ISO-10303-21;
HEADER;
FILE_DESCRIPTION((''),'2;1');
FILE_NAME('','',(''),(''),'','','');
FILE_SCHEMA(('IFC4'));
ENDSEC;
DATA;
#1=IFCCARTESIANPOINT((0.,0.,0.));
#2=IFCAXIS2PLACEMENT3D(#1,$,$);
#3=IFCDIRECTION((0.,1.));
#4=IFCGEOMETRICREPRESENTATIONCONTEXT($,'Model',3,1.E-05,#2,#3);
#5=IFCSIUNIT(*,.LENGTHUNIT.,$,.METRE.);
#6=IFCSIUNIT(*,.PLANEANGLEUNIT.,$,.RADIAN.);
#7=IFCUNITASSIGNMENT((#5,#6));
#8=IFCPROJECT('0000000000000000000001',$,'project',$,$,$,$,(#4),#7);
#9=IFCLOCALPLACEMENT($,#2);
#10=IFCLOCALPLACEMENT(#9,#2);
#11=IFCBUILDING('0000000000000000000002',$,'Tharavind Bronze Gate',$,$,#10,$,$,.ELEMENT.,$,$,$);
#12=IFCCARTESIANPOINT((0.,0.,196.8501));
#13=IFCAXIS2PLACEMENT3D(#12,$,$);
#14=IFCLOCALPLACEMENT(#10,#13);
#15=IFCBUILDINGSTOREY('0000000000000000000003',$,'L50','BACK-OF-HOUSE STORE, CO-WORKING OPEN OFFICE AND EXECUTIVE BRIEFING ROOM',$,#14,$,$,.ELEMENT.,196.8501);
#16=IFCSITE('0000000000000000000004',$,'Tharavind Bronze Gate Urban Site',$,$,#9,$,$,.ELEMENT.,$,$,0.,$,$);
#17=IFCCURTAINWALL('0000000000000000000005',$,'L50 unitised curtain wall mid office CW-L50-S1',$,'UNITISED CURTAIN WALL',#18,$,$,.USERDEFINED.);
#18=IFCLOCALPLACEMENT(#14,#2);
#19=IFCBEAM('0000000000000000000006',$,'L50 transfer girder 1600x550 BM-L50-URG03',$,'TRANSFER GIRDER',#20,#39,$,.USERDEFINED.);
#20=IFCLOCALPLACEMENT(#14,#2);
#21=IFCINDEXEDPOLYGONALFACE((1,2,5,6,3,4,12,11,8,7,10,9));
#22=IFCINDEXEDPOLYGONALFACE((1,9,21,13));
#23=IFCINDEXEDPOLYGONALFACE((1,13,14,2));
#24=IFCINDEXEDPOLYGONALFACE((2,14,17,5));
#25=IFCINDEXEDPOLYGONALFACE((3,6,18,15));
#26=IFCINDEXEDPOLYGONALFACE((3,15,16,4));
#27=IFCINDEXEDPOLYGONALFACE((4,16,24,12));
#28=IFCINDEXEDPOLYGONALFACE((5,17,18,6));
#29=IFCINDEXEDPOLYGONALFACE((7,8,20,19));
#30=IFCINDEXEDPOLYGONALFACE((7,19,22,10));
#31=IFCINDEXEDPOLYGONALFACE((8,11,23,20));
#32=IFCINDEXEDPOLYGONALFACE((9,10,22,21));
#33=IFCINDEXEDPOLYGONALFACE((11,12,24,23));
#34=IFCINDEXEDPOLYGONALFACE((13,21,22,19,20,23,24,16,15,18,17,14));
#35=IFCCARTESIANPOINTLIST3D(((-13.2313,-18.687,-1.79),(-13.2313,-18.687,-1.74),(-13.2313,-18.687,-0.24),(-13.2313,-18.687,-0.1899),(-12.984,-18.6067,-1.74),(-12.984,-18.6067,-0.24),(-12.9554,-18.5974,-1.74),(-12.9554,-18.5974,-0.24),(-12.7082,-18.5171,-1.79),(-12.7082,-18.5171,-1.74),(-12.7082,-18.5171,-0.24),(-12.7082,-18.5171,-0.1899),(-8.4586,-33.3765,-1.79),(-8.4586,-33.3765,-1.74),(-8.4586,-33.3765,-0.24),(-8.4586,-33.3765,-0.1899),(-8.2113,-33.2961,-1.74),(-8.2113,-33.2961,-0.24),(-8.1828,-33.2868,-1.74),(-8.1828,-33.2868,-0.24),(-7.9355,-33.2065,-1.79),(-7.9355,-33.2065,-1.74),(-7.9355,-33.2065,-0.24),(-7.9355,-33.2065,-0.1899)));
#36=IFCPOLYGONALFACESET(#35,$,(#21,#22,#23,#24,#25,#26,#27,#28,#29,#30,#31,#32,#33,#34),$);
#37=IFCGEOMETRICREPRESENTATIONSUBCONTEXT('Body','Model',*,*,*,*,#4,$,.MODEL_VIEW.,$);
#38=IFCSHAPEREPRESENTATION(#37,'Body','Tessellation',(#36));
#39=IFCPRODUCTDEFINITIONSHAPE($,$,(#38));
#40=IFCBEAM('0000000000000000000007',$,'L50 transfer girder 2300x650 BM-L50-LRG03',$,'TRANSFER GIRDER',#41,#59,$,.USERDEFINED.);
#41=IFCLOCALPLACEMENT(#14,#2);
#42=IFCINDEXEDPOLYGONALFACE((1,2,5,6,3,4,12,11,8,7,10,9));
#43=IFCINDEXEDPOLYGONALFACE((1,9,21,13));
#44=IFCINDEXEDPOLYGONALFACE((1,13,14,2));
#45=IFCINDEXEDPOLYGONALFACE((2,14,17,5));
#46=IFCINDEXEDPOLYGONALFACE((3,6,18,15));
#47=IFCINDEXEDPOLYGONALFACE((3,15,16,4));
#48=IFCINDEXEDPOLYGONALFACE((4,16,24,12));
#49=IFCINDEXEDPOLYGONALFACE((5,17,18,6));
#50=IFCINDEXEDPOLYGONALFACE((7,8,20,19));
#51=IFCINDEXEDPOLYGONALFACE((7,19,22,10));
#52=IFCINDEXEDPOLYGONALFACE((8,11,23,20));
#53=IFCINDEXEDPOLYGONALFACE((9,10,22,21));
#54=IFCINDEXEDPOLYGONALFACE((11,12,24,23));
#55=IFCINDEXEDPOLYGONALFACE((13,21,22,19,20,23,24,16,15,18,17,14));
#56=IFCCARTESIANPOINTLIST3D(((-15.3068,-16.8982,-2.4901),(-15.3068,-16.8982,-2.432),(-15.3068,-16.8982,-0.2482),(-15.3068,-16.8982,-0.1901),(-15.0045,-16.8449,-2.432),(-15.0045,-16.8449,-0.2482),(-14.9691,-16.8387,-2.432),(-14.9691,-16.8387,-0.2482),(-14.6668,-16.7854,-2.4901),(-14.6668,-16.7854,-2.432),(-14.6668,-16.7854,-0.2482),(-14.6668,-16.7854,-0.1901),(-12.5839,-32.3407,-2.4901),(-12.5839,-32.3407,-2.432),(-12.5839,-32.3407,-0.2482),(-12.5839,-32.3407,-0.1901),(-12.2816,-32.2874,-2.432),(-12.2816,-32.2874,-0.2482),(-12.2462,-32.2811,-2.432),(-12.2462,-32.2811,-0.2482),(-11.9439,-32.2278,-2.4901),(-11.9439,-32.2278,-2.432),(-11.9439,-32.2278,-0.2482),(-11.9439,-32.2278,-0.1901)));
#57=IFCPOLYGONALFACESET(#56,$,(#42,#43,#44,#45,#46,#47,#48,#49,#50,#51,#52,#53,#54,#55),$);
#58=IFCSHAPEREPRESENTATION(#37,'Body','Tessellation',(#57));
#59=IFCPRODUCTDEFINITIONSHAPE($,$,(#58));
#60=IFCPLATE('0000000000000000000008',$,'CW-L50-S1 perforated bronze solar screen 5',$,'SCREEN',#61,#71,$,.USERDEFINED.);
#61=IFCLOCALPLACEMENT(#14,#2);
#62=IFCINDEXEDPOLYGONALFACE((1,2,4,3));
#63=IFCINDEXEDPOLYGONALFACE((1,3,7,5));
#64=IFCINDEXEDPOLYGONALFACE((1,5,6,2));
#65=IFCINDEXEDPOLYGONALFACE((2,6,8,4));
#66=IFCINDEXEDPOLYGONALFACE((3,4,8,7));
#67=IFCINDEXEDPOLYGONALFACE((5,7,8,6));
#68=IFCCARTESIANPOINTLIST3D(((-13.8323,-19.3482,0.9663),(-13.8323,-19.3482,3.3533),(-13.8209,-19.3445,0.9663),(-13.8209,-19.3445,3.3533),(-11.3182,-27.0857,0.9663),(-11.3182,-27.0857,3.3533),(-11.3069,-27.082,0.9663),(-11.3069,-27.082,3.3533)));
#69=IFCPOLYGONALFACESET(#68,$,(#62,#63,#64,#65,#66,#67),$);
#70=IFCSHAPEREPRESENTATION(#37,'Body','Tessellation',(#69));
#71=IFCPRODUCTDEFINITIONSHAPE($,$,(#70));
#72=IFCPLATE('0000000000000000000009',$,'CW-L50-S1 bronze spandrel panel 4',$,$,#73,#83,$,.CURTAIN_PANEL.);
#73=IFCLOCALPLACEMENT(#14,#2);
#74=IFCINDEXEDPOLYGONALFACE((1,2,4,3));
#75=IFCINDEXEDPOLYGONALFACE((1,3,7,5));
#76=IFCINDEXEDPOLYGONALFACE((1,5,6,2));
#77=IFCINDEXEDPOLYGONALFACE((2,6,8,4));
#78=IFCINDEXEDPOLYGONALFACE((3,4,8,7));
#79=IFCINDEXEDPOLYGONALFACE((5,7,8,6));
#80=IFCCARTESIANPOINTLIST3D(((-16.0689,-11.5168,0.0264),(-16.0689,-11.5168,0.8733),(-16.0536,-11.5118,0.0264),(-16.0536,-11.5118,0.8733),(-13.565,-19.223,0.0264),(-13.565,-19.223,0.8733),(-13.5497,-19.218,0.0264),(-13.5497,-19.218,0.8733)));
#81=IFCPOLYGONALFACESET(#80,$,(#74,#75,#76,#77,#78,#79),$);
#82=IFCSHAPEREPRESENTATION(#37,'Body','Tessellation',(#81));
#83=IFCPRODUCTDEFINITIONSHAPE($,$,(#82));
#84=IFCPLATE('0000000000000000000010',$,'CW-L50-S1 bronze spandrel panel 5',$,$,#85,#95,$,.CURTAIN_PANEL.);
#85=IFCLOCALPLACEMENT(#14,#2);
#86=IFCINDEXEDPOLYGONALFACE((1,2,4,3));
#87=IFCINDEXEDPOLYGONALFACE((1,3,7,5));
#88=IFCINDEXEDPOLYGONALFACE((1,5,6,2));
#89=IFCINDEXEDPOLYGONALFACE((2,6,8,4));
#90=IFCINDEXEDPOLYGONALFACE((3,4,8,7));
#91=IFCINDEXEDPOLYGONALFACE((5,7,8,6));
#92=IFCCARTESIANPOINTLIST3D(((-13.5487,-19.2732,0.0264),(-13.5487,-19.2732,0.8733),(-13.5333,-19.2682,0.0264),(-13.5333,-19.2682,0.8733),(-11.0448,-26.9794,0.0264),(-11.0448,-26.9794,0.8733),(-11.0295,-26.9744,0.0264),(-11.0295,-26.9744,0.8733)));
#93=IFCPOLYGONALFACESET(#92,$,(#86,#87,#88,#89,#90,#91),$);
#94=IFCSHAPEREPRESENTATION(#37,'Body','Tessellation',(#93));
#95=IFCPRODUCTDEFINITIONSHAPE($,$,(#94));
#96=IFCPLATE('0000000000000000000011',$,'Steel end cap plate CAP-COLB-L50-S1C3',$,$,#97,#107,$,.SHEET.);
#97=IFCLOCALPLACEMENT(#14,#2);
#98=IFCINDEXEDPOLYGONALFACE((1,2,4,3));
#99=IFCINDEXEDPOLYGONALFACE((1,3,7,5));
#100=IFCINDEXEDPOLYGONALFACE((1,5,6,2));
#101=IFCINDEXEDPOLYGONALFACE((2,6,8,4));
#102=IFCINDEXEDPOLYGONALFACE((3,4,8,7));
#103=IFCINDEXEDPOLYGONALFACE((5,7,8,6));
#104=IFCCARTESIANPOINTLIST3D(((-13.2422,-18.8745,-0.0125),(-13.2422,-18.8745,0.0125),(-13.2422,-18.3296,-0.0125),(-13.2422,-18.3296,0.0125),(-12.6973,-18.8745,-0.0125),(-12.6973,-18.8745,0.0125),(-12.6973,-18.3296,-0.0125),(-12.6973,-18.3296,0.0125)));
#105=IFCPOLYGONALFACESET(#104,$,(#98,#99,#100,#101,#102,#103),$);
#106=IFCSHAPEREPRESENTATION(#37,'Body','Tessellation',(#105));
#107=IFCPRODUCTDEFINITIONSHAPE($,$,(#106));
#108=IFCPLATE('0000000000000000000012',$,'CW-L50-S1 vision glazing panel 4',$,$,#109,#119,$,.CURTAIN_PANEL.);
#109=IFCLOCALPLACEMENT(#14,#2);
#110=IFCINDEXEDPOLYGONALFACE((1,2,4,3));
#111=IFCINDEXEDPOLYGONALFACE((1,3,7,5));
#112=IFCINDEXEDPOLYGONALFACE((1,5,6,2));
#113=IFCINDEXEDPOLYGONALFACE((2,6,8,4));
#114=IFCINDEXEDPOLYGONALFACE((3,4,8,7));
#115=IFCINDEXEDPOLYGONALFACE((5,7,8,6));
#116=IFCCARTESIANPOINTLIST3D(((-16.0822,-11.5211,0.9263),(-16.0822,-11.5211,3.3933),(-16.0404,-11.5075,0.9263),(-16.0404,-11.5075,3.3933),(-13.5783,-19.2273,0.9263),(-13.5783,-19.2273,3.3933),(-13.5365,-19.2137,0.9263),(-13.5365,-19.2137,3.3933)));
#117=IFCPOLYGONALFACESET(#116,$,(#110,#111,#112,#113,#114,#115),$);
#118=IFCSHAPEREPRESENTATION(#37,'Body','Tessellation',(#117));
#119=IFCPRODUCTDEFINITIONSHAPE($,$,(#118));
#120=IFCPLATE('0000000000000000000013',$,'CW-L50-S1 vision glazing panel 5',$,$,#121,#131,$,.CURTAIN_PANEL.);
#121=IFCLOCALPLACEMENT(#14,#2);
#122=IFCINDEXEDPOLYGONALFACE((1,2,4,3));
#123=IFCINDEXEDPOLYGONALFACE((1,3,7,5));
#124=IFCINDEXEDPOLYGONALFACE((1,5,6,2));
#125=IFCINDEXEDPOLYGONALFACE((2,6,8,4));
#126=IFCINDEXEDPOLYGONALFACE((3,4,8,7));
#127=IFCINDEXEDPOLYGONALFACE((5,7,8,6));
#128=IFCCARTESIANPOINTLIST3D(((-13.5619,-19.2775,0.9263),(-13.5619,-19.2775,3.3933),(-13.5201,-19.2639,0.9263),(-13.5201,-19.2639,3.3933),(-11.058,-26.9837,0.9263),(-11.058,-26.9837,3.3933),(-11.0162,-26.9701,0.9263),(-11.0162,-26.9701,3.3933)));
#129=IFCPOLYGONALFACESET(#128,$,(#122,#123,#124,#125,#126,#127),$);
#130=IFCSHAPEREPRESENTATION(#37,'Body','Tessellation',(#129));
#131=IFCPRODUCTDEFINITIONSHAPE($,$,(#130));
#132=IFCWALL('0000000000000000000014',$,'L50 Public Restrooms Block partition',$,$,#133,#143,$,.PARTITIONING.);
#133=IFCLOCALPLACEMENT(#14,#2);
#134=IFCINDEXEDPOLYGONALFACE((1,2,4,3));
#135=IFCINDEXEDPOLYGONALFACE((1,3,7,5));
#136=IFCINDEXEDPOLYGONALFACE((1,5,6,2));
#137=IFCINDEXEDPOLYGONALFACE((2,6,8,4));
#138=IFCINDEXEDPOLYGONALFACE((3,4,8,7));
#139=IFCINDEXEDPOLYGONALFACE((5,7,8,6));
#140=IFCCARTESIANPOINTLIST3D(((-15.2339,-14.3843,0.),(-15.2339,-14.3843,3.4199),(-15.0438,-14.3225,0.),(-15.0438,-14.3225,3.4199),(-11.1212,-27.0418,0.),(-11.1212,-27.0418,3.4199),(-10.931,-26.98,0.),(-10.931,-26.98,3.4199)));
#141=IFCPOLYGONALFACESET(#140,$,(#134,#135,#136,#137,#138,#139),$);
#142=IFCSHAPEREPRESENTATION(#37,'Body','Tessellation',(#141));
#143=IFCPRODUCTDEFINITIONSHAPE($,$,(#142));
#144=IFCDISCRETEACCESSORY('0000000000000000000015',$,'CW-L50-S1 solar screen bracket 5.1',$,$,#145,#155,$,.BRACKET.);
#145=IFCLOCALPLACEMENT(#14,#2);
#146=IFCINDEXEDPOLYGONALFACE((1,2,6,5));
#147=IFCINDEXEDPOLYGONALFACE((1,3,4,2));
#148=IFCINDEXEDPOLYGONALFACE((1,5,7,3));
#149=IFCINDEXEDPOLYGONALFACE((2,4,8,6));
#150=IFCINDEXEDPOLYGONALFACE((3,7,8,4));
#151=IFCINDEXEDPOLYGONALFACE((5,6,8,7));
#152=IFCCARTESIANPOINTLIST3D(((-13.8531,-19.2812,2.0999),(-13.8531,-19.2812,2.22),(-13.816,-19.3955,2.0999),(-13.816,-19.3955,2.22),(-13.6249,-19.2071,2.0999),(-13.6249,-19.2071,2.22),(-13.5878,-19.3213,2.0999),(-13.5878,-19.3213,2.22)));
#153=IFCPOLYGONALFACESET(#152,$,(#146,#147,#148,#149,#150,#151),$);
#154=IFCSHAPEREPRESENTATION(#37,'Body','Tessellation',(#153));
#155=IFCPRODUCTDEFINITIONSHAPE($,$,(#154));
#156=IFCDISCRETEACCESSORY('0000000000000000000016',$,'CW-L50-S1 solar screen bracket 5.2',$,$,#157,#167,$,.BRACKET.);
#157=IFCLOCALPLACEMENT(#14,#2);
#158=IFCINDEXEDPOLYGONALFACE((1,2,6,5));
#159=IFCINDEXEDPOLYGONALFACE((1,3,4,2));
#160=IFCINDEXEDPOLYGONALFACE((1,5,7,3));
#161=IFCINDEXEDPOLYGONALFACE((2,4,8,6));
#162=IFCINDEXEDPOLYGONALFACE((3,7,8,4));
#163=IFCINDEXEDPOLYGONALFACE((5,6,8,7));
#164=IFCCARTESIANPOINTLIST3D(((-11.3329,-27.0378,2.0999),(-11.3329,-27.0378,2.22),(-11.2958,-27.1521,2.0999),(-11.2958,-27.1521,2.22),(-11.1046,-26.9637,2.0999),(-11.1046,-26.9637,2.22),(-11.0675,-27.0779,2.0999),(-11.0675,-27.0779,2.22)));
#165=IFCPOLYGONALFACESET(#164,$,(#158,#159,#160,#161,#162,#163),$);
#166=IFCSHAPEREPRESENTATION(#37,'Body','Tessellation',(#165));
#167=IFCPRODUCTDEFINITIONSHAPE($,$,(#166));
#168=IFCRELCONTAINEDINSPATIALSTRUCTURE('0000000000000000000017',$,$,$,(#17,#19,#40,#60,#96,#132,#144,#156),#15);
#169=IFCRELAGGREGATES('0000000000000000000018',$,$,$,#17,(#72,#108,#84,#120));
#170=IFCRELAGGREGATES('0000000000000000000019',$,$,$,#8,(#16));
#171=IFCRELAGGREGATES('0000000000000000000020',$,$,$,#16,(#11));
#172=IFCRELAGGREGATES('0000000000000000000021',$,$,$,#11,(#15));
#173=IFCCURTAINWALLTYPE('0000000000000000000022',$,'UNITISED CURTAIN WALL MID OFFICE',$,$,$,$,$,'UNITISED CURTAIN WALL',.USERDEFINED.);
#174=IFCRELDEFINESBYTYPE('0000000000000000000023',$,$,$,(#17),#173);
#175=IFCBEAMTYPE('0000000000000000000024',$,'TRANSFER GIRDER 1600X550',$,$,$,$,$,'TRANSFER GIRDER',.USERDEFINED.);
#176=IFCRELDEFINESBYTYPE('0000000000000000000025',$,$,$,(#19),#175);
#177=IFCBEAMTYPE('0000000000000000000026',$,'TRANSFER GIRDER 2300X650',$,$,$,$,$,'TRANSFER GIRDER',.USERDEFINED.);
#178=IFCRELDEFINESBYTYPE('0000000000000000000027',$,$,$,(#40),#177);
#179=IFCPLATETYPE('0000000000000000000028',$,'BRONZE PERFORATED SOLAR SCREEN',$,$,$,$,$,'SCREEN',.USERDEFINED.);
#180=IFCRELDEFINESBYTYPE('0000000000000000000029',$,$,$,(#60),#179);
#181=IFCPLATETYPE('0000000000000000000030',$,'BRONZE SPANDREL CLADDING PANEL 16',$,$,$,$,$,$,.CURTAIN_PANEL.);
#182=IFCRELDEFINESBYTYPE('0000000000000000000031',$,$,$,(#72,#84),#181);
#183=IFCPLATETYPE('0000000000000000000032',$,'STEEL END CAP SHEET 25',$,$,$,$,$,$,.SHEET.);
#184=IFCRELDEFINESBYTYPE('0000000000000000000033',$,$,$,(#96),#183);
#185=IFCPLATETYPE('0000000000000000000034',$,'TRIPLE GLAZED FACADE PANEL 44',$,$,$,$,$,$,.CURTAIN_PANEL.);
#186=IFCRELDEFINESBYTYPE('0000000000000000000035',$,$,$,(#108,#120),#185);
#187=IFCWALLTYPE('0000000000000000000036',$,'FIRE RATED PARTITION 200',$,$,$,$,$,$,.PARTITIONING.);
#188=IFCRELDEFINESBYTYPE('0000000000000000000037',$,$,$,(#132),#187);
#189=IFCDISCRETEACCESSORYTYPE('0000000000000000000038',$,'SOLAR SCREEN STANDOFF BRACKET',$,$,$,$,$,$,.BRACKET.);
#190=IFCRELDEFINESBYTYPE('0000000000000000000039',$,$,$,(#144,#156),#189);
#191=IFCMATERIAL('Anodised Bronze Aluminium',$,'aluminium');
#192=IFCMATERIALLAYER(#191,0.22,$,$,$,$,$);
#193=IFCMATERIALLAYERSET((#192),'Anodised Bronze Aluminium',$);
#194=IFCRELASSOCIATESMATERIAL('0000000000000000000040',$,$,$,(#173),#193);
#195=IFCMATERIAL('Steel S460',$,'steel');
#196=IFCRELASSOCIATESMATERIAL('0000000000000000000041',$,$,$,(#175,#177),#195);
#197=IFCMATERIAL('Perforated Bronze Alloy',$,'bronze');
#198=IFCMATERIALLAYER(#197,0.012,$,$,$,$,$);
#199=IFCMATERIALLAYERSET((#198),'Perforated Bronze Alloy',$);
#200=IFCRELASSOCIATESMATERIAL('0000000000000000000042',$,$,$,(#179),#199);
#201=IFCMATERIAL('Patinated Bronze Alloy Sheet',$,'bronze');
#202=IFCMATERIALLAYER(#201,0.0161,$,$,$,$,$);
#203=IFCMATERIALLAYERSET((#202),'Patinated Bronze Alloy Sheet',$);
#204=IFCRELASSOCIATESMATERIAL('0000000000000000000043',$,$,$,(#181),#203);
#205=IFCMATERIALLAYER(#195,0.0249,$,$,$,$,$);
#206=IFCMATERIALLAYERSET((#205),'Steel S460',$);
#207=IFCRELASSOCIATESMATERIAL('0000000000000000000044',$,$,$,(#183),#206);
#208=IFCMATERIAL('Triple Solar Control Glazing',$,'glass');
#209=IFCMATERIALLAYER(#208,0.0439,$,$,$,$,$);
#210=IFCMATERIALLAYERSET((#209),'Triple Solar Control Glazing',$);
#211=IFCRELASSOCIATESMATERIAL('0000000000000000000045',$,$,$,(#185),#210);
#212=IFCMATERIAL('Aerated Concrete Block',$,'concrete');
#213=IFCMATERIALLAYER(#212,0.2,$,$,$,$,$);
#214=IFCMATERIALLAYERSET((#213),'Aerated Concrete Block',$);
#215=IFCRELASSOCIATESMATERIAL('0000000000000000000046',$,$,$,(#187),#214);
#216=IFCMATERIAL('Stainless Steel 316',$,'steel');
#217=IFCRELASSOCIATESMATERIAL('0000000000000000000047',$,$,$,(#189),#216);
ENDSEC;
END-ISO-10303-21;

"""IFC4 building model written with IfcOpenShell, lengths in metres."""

from ifc_helpers import new_model, si_unit, direction, frame, frame_2d, origin, origin_2d, place, context, subcontext, project, spatial, rectangle, i_section, extrude, material, layer, layer_set, material_profile, profile_set, type_object, element, aggregate, save


model = new_model("IFC4")

# Units and contexts
model_context = context("Model", 3, precision=1e-05, world=origin(), true_north=direction((0.0, 1.0)))
body_context = subcontext(model_context, "Body", "Model", "MODEL_VIEW")
ifc_project = project(units=[si_unit("LENGTHUNIT", "METRE"), si_unit("PLANEANGLEUNIT", "RADIAN")], contexts=[model_context])

# Site, building, storey
site_placement = place(None, origin())
site = spatial("IfcSite", under=ifc_project, at=site_placement, Name="Tharavind Bronze Gate Urban Site", CompositionType="ELEMENT", RefElevation=0.0)
building_placement = place(site_placement, origin())
building = spatial("IfcBuilding", under=site, at=building_placement, Name="Tharavind Bronze Gate", CompositionType="ELEMENT")
storey_placement = place(building_placement, frame((0.0, 0.0, 196.8501)))
storey = spatial("IfcBuildingStorey", under=building, at=storey_placement, Name="L50", Description="BACK-OF-HOUSE STORE, CO-WORKING OPEN OFFICE AND EXECUTIVE BRIEFING ROOM", CompositionType="ELEMENT", Elevation=196.8501)

# Shared definitions
ifc_material_1 = material(Name="Steel S460", Category="steel")

# Curtain wall
ifc_material_2 = material(Name="Anodised Bronze Aluminium", Category="aluminium")
ifc_layer_1 = layer(ifc_material_2, 0.22)
ifc_layer_set_1 = layer_set([ifc_layer_1], Name="Anodised Bronze Aluminium")
curtain_wall_type = type_object("IfcCurtainWallType", Name="UNITISED CURTAIN WALL MID OFFICE", ElementType="UNITISED CURTAIN WALL", PredefinedType="USERDEFINED", material=ifc_layer_set_1)
curtain_wall_placement = place(storey_placement, origin())
curtain_wall = element("IfcCurtainWall", 1, at=curtain_wall_placement, inside=storey, type_object=curtain_wall_type, Name="L50 unitised curtain wall mid office CW-L50-S1", ObjectType="UNITISED CURTAIN WALL", PredefinedType="USERDEFINED")

# Beams
ifc_material_profile_1 = material_profile(ifc_material_1, i_section(OverallWidth=0.55, OverallDepth=1.6001, WebThickness=0.03, FlangeThickness=0.05, at=origin_2d()), Name="PG1600X550")
ifc_profile_set_1 = profile_set([ifc_material_profile_1], Name="Steel S460")
beam_type_1 = type_object("IfcBeamType", Name="TRANSFER GIRDER 1600X550", ElementType="TRANSFER GIRDER", PredefinedType="USERDEFINED", material=ifc_profile_set_1)
beam_1_placement = place(storey_placement, frame((-12.9697, -18.6021, -0.99), z_axis=(0.309006, -0.95106, 0.0), x_axis=(0.95106, 0.309006, 0.0)))
element("IfcBeam", 2, at=beam_1_placement, inside=storey, type_object=beam_type_1, Name="L50 transfer girder 1600x550 BM-L50-URG03", ObjectType="TRANSFER GIRDER", PredefinedType="USERDEFINED", context=body_context, shape_type="SweptSolid", body=[
    extrude(i_section(OverallWidth=0.55, OverallDepth=1.6001, WebThickness=0.03, FlangeThickness=0.05, at=origin_2d()), origin(), (0.0, 0.0, 1.0), 15.4453),
])
ifc_material_profile_2 = material_profile(ifc_material_1, i_section(OverallWidth=0.6499, OverallDepth=2.3, WebThickness=0.0359, FlangeThickness=0.0581, at=origin_2d()), Name="PG2300X650")
ifc_profile_set_2 = profile_set([ifc_material_profile_2], Name="Steel S460")
beam_type_2 = type_object("IfcBeamType", Name="TRANSFER GIRDER 2300X650", ElementType="TRANSFER GIRDER", PredefinedType="USERDEFINED", material=ifc_profile_set_2)
beam_2_placement = place(storey_placement, frame((-14.9868, -16.8418, -1.3401), z_axis=(0.173648, -0.984808, 0.0), x_axis=(0.984808, 0.173648, 0.0)))
element("IfcBeam", 3, at=beam_2_placement, inside=storey, type_object=beam_type_2, Name="L50 transfer girder 2300x650 BM-L50-LRG03", ObjectType="TRANSFER GIRDER", PredefinedType="USERDEFINED", context=body_context, shape_type="SweptSolid", body=[
    extrude(i_section(OverallWidth=0.6499, OverallDepth=2.3, WebThickness=0.0359, FlangeThickness=0.0581, at=origin_2d()), origin(), (0.0, 0.0, 1.0), 15.6807),
])

# Plates
ifc_material_3 = material(Name="Perforated Bronze Alloy", Category="bronze")
ifc_layer_2 = layer(ifc_material_3, 0.012)
ifc_layer_set_2 = layer_set([ifc_layer_2], Name="Perforated Bronze Alloy")
plate_type_1 = type_object("IfcPlateType", Name="BRONZE PERFORATED SOLAR SCREEN", ElementType="SCREEN", PredefinedType="USERDEFINED", material=ifc_layer_set_2)
plate_1_placement = place(storey_placement, frame((-12.5696, -23.2151, 0.9663), z_axis=(0.0, 0.0, 1.0), x_axis=(0.309017, -0.951057, 0.0)))
element("IfcPlate", 4, at=plate_1_placement, inside=storey, type_object=plate_type_1, Name="CW-L50-S1 perforated bronze solar screen 5", ObjectType="SCREEN", PredefinedType="USERDEFINED", context=body_context, shape_type="SweptSolid", body=[
    extrude(rectangle(XDim=8.1357, YDim=0.012, at=origin_2d()), origin(), (0.0, 0.0, 1.0), 2.387),
])
ifc_material_4 = material(Name="Patinated Bronze Alloy Sheet", Category="bronze")
ifc_layer_3 = layer(ifc_material_4, 0.0161)
ifc_layer_set_3 = layer_set([ifc_layer_3], Name="Patinated Bronze Alloy Sheet")
plate_type_2 = type_object("IfcPlateType", Name="BRONZE SPANDREL CLADDING PANEL 16", PredefinedType="CURTAIN_PANEL", material=ifc_layer_set_3)
plate_2_placement = place(storey_placement, frame((-14.8093, -15.3674, 0.0264), z_axis=(0.0, 0.0, 1.0), x_axis=(0.309017, -0.951057, 0.0)))
plate_2 = element("IfcPlate", 5, at=plate_2_placement, type_object=plate_type_2, Name="CW-L50-S1 bronze spandrel panel 4", PredefinedType="CURTAIN_PANEL", context=body_context, shape_type="SweptSolid", body=[
    extrude(rectangle(XDim=8.1028, YDim=0.0161, at=origin_2d()), origin(), (0.0, 0.0, 1.0), 0.8469),
])
plate_3_placement = place(storey_placement, frame((-12.2891, -23.1238, 0.0264), z_axis=(0.0, 0.0, 1.0), x_axis=(0.309017, -0.951057, 0.0)))
plate_3 = element("IfcPlate", 6, at=plate_3_placement, type_object=plate_type_2, Name="CW-L50-S1 bronze spandrel panel 5", PredefinedType="CURTAIN_PANEL", context=body_context, shape_type="SweptSolid", body=[
    extrude(rectangle(XDim=8.1028, YDim=0.0161, at=origin_2d()), origin(), (0.0, 0.0, 1.0), 0.8469),
])
ifc_layer_4 = layer(ifc_material_1, 0.0249)
ifc_layer_set_4 = layer_set([ifc_layer_4], Name="Steel S460")
plate_type_3 = type_object("IfcPlateType", Name="STEEL END CAP SHEET 25", PredefinedType="SHEET", material=ifc_layer_set_4)
plate_4_placement = place(storey_placement, frame((-12.9697, -18.6021, -0.0125), z_axis=(0.0, 0.0, 1.0), x_axis=(1.0, 0.0, 0.0)))
element("IfcPlate", 7, at=plate_4_placement, inside=storey, type_object=plate_type_3, Name="Steel end cap plate CAP-COLB-L50-S1C3", PredefinedType="SHEET", context=body_context, shape_type="SweptSolid", body=[
    extrude(rectangle(XDim=0.5449, YDim=0.5449, at=origin_2d()), origin(), (0.0, 0.0, 1.0), 0.0249),
])
ifc_material_5 = material(Name="Triple Solar Control Glazing", Category="glass")
ifc_layer_5 = layer(ifc_material_5, 0.0439)
ifc_layer_set_5 = layer_set([ifc_layer_5], Name="Triple Solar Control Glazing")
plate_type_4 = type_object("IfcPlateType", Name="TRIPLE GLAZED FACADE PANEL 44", PredefinedType="CURTAIN_PANEL", material=ifc_layer_set_5)
plate_5_placement = place(storey_placement, frame((-14.8093, -15.3674, 0.9263), z_axis=(0.0, 0.0, 1.0), x_axis=(0.309017, -0.951057, 0.0)))
plate_5 = element("IfcPlate", 8, at=plate_5_placement, type_object=plate_type_4, Name="CW-L50-S1 vision glazing panel 4", PredefinedType="CURTAIN_PANEL", context=body_context, shape_type="SweptSolid", body=[
    extrude(rectangle(XDim=8.1028, YDim=0.0439, at=origin_2d()), origin(), (0.0, 0.0, 1.0), 2.467),
])
plate_6_placement = place(storey_placement, frame((-12.2891, -23.1238, 0.9263), z_axis=(0.0, 0.0, 1.0), x_axis=(0.309017, -0.951057, 0.0)))
plate_6 = element("IfcPlate", 9, at=plate_6_placement, type_object=plate_type_4, Name="CW-L50-S1 vision glazing panel 5", PredefinedType="CURTAIN_PANEL", context=body_context, shape_type="SweptSolid", body=[
    extrude(rectangle(XDim=8.1028, YDim=0.0439, at=origin_2d()), origin(), (0.0, 0.0, 1.0), 2.467),
])
aggregate(curtain_wall, [plate_2, plate_5, plate_3, plate_6])

# Wall
ifc_material_6 = material(Name="Aerated Concrete Block", Category="concrete")
ifc_layer_6 = layer(ifc_material_6, 0.2)
ifc_layer_set_6 = layer_set([ifc_layer_6], Name="Aerated Concrete Block")
wall_type = type_object("IfcWallType", Name="FIRE RATED PARTITION 200", PredefinedType="PARTITIONING", material=ifc_layer_set_6)
wall_placement = place(storey_placement, frame((-11.0261, -27.0107, 0.0), z_axis=(0.0, 0.0, 1.0), x_axis=(-0.309026, 0.951054, 0.0)))
element("IfcWall", 10, at=wall_placement, inside=storey, type_object=wall_type, Name="L50 Public Restrooms Block partition", PredefinedType="PARTITIONING", context=body_context, shape_type="SweptSolid", body=[
    extrude(rectangle(XDim=13.3088, YDim=0.2, at=frame_2d((6.6543, 0.0))), origin(), (0.0, 0.0, 1.0), 3.4199),
])

# Discrete accessories
ifc_material_7 = material(Name="Stainless Steel 316", Category="steel")
discrete_accessory_type = type_object("IfcDiscreteAccessoryType", Name="SOLAR SCREEN STANDOFF BRACKET", PredefinedType="BRACKET", material=ifc_material_7)
for number, where, z_axis, x_axis, name in (
    (11, (-13.7205, -19.3013, 2.0999), (0.0, 0.0, 1.0), (0.309017, -0.951057, 0.0), "CW-L50-S1 solar screen bracket 5.1"),
    (12, (-11.2002, -27.0579, 2.0999), (0.0, 0.0, 1.0), (0.309017, -0.951057, 0.0), "CW-L50-S1 solar screen bracket 5.2"),
):
    element("IfcDiscreteAccessory", number, at=place(storey_placement, frame(where, z_axis=z_axis, x_axis=x_axis)), inside=storey, type_object=discrete_accessory_type, Name=name, PredefinedType="BRACKET", context=body_context, shape_type="SweptSolid", body=[
        extrude(rectangle(XDim=0.1201, YDim=0.24, at=origin_2d()), origin(), (0.0, 0.0, 1.0), 0.1201),
    ])

save(model, "model.ifc")
